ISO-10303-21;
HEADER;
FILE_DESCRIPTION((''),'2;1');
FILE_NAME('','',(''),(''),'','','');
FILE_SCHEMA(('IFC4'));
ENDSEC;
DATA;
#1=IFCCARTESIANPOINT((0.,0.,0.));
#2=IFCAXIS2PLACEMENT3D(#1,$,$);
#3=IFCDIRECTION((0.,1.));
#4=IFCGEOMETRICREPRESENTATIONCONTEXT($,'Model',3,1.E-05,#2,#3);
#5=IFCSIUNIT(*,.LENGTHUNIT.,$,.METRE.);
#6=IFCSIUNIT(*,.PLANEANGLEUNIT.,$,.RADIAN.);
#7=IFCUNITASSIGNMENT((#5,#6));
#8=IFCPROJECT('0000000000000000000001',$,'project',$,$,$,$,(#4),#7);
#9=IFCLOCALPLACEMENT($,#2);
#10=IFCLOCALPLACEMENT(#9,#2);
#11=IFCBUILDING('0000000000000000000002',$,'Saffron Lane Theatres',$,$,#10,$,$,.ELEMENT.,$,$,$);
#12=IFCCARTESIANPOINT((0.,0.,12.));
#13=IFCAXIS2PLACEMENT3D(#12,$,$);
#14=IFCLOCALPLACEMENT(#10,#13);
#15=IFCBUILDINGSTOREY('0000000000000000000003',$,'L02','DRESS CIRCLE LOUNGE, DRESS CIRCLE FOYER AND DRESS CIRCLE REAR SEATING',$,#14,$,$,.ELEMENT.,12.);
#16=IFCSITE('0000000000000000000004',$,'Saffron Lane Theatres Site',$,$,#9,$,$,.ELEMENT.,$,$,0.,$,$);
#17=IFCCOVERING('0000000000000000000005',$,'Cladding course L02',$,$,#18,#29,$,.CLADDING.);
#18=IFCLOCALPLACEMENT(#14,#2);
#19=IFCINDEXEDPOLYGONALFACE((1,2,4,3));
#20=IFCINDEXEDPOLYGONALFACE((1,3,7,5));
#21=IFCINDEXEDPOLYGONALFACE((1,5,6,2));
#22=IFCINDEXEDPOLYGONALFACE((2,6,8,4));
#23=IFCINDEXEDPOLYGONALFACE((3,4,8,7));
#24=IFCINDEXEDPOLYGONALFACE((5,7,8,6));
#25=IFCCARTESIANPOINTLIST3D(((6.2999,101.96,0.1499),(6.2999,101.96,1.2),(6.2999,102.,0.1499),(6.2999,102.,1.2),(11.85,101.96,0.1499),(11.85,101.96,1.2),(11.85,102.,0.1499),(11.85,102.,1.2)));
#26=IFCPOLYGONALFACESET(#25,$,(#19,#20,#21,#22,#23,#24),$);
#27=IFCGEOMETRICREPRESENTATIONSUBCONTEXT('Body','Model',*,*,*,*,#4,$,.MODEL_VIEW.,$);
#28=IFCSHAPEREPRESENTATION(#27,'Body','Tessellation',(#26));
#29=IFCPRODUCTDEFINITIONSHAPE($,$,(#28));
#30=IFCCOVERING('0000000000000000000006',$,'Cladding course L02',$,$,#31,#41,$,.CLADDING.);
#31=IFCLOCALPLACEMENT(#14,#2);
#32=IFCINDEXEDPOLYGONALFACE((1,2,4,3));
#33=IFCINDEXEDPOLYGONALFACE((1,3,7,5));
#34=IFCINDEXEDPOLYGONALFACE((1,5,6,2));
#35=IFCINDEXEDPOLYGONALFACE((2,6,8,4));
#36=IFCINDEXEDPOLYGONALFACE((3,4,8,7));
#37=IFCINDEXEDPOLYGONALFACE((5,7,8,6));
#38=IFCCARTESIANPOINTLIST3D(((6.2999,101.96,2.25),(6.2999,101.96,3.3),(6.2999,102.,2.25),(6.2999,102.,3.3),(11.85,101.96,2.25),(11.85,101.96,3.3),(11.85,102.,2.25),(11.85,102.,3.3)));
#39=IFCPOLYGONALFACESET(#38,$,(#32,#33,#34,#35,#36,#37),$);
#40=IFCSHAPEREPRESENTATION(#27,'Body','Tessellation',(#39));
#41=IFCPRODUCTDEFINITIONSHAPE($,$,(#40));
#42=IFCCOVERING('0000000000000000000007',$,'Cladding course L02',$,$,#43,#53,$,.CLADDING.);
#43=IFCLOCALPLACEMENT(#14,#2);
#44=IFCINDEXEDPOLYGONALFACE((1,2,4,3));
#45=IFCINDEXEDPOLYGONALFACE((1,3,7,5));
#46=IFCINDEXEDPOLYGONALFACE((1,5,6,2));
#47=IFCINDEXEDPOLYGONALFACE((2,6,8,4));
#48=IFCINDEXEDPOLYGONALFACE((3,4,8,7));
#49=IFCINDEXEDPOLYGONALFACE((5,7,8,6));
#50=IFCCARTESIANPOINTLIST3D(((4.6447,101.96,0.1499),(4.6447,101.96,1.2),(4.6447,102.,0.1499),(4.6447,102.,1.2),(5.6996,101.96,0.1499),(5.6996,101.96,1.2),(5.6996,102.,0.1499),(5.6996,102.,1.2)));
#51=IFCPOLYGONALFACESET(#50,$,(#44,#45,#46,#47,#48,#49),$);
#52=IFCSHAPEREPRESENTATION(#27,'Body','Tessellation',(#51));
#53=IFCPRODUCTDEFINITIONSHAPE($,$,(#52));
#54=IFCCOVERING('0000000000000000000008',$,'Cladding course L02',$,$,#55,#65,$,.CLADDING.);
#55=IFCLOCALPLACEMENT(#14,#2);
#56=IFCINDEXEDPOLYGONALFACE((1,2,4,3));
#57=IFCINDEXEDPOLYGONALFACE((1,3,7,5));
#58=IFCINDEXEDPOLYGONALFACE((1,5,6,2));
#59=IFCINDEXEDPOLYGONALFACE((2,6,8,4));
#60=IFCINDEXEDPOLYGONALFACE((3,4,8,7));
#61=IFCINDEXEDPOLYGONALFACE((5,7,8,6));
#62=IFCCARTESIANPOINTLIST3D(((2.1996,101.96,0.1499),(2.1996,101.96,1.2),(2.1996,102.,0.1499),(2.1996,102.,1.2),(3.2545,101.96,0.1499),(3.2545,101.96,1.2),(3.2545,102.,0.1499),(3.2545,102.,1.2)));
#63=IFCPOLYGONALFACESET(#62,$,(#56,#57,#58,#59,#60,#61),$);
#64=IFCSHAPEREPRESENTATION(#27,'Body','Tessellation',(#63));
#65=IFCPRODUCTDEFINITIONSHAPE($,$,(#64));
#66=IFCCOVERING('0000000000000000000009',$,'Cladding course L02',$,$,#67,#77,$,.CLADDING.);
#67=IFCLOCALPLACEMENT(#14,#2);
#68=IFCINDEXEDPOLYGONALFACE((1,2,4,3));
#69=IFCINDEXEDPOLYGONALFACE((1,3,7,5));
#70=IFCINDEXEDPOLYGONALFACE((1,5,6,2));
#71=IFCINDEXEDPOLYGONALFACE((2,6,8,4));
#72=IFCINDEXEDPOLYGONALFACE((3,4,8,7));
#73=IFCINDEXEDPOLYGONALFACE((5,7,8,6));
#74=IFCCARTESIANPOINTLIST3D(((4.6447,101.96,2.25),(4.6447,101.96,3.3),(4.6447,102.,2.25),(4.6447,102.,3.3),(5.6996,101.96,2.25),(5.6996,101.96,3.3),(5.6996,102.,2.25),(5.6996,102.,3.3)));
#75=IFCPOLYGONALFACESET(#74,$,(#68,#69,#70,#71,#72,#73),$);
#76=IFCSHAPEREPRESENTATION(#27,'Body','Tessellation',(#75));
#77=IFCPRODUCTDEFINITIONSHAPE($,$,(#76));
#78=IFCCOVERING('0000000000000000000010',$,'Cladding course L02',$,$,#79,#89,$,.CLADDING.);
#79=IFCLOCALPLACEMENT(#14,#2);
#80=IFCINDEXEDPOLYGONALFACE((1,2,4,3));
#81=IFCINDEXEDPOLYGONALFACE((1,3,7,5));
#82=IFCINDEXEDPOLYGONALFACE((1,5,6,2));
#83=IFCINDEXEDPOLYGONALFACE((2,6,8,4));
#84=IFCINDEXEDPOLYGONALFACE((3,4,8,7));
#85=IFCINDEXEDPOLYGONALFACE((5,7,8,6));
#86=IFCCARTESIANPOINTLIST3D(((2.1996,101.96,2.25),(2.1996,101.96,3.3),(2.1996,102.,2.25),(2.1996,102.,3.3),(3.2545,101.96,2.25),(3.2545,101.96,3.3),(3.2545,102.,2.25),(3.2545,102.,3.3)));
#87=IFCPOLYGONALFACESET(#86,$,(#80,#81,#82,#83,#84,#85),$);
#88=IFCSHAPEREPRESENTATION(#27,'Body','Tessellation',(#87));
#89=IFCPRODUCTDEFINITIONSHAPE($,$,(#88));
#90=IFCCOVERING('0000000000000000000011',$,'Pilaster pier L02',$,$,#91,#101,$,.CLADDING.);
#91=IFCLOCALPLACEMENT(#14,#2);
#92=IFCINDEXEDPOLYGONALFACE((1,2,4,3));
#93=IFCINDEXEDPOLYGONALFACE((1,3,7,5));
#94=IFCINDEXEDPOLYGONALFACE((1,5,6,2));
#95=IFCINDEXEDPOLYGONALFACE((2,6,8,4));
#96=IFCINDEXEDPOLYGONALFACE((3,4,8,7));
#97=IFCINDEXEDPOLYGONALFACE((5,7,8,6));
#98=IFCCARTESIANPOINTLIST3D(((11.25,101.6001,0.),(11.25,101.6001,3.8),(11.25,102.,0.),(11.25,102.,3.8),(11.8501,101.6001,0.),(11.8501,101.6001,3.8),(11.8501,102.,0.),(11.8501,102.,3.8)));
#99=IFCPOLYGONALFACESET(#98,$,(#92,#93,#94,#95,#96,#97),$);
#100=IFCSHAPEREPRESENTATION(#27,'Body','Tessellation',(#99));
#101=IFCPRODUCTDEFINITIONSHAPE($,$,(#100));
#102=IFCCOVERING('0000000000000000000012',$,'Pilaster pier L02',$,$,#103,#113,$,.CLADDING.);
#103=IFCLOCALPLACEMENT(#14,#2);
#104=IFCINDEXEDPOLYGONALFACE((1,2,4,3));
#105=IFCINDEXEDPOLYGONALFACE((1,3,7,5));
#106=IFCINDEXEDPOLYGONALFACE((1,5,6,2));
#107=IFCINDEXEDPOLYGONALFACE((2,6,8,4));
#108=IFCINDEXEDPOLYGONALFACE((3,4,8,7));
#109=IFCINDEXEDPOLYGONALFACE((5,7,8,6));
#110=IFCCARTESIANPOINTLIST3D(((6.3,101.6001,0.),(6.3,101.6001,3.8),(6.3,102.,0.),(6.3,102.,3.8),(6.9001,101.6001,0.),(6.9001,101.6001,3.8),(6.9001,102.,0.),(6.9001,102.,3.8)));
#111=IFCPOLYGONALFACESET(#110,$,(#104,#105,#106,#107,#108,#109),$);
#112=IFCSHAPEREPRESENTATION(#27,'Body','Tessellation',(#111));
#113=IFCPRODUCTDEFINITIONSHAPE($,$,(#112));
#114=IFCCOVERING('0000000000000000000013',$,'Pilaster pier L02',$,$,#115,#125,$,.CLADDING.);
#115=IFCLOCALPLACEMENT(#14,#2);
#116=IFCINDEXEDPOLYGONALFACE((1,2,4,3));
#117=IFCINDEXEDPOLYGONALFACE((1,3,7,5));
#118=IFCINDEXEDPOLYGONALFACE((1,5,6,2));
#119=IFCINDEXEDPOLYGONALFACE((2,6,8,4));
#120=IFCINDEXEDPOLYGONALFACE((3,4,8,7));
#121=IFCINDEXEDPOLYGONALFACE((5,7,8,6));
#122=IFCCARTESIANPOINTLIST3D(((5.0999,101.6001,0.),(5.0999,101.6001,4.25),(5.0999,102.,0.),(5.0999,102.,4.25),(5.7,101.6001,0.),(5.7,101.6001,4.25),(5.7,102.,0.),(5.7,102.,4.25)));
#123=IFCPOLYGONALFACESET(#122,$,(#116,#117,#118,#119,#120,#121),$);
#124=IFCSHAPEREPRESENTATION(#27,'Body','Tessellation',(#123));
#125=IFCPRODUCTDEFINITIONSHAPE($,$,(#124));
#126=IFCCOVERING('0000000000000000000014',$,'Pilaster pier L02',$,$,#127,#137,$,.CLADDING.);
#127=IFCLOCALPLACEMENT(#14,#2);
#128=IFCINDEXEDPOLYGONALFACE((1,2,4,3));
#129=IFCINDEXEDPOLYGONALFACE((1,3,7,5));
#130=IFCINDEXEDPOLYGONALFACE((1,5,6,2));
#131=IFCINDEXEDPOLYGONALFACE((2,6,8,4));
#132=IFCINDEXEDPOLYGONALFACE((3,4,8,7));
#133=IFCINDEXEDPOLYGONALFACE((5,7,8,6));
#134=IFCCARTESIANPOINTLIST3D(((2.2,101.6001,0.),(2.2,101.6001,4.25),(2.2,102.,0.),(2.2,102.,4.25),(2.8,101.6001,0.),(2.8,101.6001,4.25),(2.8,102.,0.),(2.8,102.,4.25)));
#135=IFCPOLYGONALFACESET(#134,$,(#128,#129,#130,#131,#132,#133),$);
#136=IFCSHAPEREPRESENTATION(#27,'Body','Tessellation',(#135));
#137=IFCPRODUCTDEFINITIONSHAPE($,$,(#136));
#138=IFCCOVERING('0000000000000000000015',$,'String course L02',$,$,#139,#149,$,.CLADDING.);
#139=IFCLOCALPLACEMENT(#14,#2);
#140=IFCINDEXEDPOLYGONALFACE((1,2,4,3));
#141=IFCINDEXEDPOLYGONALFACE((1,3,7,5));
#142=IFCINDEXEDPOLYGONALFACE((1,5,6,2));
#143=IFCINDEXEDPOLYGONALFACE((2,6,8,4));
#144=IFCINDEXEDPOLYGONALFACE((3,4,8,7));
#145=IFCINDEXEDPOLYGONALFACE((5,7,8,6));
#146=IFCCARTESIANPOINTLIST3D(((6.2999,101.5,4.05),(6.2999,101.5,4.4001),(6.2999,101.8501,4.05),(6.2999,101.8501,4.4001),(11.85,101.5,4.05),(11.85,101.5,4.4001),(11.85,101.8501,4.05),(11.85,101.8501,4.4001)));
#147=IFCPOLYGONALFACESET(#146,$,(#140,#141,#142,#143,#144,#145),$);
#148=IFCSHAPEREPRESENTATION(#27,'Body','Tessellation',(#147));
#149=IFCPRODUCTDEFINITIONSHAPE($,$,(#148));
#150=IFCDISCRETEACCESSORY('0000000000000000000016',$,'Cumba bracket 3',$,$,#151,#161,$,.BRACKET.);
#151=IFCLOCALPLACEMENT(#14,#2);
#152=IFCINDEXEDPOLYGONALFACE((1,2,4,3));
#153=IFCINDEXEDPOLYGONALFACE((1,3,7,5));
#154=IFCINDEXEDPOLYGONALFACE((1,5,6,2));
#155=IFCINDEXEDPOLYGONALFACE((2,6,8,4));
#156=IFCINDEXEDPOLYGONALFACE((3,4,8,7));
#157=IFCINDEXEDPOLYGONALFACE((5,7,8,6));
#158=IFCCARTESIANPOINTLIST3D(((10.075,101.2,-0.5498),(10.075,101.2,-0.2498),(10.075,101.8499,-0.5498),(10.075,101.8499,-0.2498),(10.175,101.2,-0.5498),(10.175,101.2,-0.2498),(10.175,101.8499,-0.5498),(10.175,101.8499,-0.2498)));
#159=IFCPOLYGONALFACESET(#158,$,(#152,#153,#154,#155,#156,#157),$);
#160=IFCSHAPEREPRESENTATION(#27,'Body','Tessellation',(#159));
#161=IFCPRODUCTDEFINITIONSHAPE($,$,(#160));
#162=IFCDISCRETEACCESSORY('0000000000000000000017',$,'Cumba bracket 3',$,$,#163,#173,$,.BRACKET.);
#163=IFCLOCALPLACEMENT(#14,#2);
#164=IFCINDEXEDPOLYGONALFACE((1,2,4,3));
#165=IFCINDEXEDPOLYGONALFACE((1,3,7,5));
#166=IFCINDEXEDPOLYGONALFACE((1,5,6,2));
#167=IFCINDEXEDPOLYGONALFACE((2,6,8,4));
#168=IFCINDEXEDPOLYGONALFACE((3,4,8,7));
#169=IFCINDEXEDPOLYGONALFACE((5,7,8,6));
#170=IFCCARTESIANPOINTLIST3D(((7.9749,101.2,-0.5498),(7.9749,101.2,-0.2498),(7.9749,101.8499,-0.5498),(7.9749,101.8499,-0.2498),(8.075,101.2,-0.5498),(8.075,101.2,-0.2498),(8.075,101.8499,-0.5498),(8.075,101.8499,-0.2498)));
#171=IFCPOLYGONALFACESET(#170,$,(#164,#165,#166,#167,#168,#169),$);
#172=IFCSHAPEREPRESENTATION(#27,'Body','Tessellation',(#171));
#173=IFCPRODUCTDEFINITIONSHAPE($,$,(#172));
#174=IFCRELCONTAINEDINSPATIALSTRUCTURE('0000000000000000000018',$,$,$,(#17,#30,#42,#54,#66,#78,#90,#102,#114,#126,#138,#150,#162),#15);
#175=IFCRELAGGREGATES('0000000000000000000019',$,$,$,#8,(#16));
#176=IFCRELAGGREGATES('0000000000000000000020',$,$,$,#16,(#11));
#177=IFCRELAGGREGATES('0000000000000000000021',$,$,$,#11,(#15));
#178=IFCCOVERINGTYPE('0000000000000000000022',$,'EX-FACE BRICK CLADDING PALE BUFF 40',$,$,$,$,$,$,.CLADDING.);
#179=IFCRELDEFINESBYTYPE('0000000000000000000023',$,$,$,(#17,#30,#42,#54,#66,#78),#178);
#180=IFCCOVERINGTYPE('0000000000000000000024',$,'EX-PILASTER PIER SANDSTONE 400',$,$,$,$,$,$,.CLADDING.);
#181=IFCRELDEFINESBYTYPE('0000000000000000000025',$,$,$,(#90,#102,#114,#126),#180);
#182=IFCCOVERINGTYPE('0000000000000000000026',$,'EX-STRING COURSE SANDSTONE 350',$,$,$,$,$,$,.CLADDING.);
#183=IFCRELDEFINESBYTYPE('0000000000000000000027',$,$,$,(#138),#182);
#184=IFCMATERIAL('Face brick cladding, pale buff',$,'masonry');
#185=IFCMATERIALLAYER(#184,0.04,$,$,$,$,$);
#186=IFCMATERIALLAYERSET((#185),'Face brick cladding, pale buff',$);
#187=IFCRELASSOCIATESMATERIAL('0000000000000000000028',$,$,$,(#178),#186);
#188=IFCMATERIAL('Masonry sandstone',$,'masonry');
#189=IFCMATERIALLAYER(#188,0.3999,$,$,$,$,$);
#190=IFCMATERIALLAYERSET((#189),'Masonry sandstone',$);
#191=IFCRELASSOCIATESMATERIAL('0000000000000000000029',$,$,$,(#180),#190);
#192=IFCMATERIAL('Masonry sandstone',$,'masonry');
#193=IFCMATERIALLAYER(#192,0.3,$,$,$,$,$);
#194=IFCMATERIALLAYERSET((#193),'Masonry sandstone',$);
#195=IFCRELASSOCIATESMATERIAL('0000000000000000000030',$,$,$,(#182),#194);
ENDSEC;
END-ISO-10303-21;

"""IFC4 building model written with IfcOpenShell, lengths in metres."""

from ifc_helpers import new_model, si_unit, direction, frame, origin, origin_2d, place, context, subcontext, project, spatial, rectangle, extrude, material, layer, layer_set, type_object, element, save


model = new_model("IFC4")

# Units and contexts
model_context = context("Model", 3, precision=1e-05, world=origin(), true_north=direction((0.0, 1.0)))
body_context = subcontext(model_context, "Body", "Model", "MODEL_VIEW")
ifc_project = project(units=[si_unit("LENGTHUNIT", "METRE"), si_unit("PLANEANGLEUNIT", "RADIAN")], contexts=[model_context])

# Site, building, storey
site_placement = place(None, origin())
site = spatial("IfcSite", under=ifc_project, at=site_placement, Name="Saffron Lane Theatres Site", CompositionType="ELEMENT", RefElevation=0.0)
building_placement = place(site_placement, origin())
building = spatial("IfcBuilding", under=site, at=building_placement, Name="Saffron Lane Theatres", CompositionType="ELEMENT")
storey_placement = place(building_placement, frame((0.0, 0.0, 12.0)))
storey = spatial("IfcBuildingStorey", under=building, at=storey_placement, Name="L02", Description="DRESS CIRCLE LOUNGE, DRESS CIRCLE FOYER AND DRESS CIRCLE REAR SEATING", CompositionType="ELEMENT", Elevation=12.0)

# Coverings
ifc_material_1 = material(Name="Face brick cladding, pale buff", Category="masonry")
ifc_layer_1 = layer(ifc_material_1, 0.04)
ifc_layer_set_1 = layer_set([ifc_layer_1], Name="Face brick cladding, pale buff")
covering_type_1 = type_object("IfcCoveringType", Name="EX-FACE BRICK CLADDING PALE BUFF 40", PredefinedType="CLADDING", material=ifc_layer_set_1)
for number, where, z_axis, x_axis, name in (
    (1, (9.075, 101.98, 0.1499), (0.0, 0.0, 1.0), (-1.0, 0.0, 0.0), "Cladding course L02"),
    (2, (9.075, 101.98, 2.25), (0.0, 0.0, 1.0), (-1.0, 0.0, 0.0), "Cladding course L02"),
):
    element("IfcCovering", number, at=place(storey_placement, frame(where, z_axis=z_axis, x_axis=x_axis)), inside=storey, type_object=covering_type_1, Name=name, PredefinedType="CLADDING", context=body_context, shape_type="SweptSolid", body=[
        extrude(rectangle(XDim=5.55, YDim=0.04, at=origin_2d()), origin(), (0.0, 0.0, 1.0), 1.05),
    ])
for number, where, z_axis, x_axis, name in (
    (3, (5.1721, 101.98, 0.1499), (0.0, 0.0, 1.0), (-1.0, 0.0, 0.0), "Cladding course L02"),
    (4, (2.7271, 101.98, 0.1499), (0.0, 0.0, 1.0), (-1.0, 0.0, 0.0), "Cladding course L02"),
    (5, (5.1721, 101.98, 2.25), (0.0, 0.0, 1.0), (-1.0, 0.0, 0.0), "Cladding course L02"),
    (6, (2.7271, 101.98, 2.25), (0.0, 0.0, 1.0), (-1.0, 0.0, 0.0), "Cladding course L02"),
):
    element("IfcCovering", number, at=place(storey_placement, frame(where, z_axis=z_axis, x_axis=x_axis)), inside=storey, type_object=covering_type_1, Name=name, PredefinedType="CLADDING", context=body_context, shape_type="SweptSolid", body=[
        extrude(rectangle(XDim=1.0549, YDim=0.04, at=origin_2d()), origin(), (0.0, 0.0, 1.0), 1.05),
    ])
ifc_material_2 = material(Name="Masonry sandstone", Category="masonry")
ifc_layer_2 = layer(ifc_material_2, 0.3999)
ifc_layer_set_2 = layer_set([ifc_layer_2], Name="Masonry sandstone")
covering_type_2 = type_object("IfcCoveringType", Name="EX-PILASTER PIER SANDSTONE 400", PredefinedType="CLADDING", material=ifc_layer_set_2)
for number, where, z_axis, x_axis, name in (
    (7, (11.55, 101.8, 0.0), (0.0, 0.0, 1.0), (-1.0, 0.0, 0.0), "Pilaster pier L02"),
    (8, (6.6001, 101.8, 0.0), (0.0, 0.0, 1.0), (-1.0, 0.0, 0.0), "Pilaster pier L02"),
):
    element("IfcCovering", number, at=place(storey_placement, frame(where, z_axis=z_axis, x_axis=x_axis)), inside=storey, type_object=covering_type_2, Name=name, PredefinedType="CLADDING", context=body_context, shape_type="SweptSolid", body=[
        extrude(rectangle(XDim=0.6001, YDim=0.3999, at=origin_2d()), origin(), (0.0, 0.0, 1.0), 3.8),
    ])
for number, where, z_axis, x_axis, name in (
    (9, (5.3999, 101.8, 0.0), (0.0, 0.0, 1.0), (-1.0, 0.0, 0.0), "Pilaster pier L02"),
    (10, (2.5, 101.8, 0.0), (0.0, 0.0, 1.0), (-1.0, 0.0, 0.0), "Pilaster pier L02"),
):
    element("IfcCovering", number, at=place(storey_placement, frame(where, z_axis=z_axis, x_axis=x_axis)), inside=storey, type_object=covering_type_2, Name=name, PredefinedType="CLADDING", context=body_context, shape_type="SweptSolid", body=[
        extrude(rectangle(XDim=0.6001, YDim=0.3999, at=origin_2d()), origin(), (0.0, 0.0, 1.0), 4.25),
    ])
ifc_material_3 = material(Name="Masonry sandstone", Category="masonry")
ifc_layer_3 = layer(ifc_material_3, 0.3)
ifc_layer_set_3 = layer_set([ifc_layer_3], Name="Masonry sandstone")
covering_type_3 = type_object("IfcCoveringType", Name="EX-STRING COURSE SANDSTONE 350", PredefinedType="CLADDING", material=ifc_layer_set_3)
covering_1_placement = place(storey_placement, frame((9.075, 101.675, 4.05), z_axis=(0.0, 0.0, 1.0), x_axis=(-1.0, 0.0, 0.0)))
element("IfcCovering", 11, at=covering_1_placement, inside=storey, type_object=covering_type_3, Name="String course L02", PredefinedType="CLADDING", context=body_context, shape_type="SweptSolid", body=[
    extrude(rectangle(XDim=5.55, YDim=0.3501, at=origin_2d()), origin(), (0.0, 0.0, 1.0), 0.3501),
])

# Discrete accessories
for number, where, z_axis, x_axis, name in (
    (12, (10.125, 101.5249, -0.5498), (0.0, 0.0, 1.0), (-1.0, 0.0, 0.0), "Cumba bracket 3"),
    (13, (8.0249, 101.5249, -0.5498), (0.0, 0.0, 1.0), (-1.0, 0.0, 0.0), "Cumba bracket 3"),
):
    element("IfcDiscreteAccessory", number, at=place(storey_placement, frame(where, z_axis=z_axis, x_axis=x_axis)), inside=storey, Name=name, PredefinedType="BRACKET", context=body_context, shape_type="SweptSolid", body=[
        extrude(rectangle(XDim=0.1001, YDim=0.6499, at=origin_2d()), origin(), (0.0, 0.0, 1.0), 0.3),
    ])

save(model, "model.ifc")
